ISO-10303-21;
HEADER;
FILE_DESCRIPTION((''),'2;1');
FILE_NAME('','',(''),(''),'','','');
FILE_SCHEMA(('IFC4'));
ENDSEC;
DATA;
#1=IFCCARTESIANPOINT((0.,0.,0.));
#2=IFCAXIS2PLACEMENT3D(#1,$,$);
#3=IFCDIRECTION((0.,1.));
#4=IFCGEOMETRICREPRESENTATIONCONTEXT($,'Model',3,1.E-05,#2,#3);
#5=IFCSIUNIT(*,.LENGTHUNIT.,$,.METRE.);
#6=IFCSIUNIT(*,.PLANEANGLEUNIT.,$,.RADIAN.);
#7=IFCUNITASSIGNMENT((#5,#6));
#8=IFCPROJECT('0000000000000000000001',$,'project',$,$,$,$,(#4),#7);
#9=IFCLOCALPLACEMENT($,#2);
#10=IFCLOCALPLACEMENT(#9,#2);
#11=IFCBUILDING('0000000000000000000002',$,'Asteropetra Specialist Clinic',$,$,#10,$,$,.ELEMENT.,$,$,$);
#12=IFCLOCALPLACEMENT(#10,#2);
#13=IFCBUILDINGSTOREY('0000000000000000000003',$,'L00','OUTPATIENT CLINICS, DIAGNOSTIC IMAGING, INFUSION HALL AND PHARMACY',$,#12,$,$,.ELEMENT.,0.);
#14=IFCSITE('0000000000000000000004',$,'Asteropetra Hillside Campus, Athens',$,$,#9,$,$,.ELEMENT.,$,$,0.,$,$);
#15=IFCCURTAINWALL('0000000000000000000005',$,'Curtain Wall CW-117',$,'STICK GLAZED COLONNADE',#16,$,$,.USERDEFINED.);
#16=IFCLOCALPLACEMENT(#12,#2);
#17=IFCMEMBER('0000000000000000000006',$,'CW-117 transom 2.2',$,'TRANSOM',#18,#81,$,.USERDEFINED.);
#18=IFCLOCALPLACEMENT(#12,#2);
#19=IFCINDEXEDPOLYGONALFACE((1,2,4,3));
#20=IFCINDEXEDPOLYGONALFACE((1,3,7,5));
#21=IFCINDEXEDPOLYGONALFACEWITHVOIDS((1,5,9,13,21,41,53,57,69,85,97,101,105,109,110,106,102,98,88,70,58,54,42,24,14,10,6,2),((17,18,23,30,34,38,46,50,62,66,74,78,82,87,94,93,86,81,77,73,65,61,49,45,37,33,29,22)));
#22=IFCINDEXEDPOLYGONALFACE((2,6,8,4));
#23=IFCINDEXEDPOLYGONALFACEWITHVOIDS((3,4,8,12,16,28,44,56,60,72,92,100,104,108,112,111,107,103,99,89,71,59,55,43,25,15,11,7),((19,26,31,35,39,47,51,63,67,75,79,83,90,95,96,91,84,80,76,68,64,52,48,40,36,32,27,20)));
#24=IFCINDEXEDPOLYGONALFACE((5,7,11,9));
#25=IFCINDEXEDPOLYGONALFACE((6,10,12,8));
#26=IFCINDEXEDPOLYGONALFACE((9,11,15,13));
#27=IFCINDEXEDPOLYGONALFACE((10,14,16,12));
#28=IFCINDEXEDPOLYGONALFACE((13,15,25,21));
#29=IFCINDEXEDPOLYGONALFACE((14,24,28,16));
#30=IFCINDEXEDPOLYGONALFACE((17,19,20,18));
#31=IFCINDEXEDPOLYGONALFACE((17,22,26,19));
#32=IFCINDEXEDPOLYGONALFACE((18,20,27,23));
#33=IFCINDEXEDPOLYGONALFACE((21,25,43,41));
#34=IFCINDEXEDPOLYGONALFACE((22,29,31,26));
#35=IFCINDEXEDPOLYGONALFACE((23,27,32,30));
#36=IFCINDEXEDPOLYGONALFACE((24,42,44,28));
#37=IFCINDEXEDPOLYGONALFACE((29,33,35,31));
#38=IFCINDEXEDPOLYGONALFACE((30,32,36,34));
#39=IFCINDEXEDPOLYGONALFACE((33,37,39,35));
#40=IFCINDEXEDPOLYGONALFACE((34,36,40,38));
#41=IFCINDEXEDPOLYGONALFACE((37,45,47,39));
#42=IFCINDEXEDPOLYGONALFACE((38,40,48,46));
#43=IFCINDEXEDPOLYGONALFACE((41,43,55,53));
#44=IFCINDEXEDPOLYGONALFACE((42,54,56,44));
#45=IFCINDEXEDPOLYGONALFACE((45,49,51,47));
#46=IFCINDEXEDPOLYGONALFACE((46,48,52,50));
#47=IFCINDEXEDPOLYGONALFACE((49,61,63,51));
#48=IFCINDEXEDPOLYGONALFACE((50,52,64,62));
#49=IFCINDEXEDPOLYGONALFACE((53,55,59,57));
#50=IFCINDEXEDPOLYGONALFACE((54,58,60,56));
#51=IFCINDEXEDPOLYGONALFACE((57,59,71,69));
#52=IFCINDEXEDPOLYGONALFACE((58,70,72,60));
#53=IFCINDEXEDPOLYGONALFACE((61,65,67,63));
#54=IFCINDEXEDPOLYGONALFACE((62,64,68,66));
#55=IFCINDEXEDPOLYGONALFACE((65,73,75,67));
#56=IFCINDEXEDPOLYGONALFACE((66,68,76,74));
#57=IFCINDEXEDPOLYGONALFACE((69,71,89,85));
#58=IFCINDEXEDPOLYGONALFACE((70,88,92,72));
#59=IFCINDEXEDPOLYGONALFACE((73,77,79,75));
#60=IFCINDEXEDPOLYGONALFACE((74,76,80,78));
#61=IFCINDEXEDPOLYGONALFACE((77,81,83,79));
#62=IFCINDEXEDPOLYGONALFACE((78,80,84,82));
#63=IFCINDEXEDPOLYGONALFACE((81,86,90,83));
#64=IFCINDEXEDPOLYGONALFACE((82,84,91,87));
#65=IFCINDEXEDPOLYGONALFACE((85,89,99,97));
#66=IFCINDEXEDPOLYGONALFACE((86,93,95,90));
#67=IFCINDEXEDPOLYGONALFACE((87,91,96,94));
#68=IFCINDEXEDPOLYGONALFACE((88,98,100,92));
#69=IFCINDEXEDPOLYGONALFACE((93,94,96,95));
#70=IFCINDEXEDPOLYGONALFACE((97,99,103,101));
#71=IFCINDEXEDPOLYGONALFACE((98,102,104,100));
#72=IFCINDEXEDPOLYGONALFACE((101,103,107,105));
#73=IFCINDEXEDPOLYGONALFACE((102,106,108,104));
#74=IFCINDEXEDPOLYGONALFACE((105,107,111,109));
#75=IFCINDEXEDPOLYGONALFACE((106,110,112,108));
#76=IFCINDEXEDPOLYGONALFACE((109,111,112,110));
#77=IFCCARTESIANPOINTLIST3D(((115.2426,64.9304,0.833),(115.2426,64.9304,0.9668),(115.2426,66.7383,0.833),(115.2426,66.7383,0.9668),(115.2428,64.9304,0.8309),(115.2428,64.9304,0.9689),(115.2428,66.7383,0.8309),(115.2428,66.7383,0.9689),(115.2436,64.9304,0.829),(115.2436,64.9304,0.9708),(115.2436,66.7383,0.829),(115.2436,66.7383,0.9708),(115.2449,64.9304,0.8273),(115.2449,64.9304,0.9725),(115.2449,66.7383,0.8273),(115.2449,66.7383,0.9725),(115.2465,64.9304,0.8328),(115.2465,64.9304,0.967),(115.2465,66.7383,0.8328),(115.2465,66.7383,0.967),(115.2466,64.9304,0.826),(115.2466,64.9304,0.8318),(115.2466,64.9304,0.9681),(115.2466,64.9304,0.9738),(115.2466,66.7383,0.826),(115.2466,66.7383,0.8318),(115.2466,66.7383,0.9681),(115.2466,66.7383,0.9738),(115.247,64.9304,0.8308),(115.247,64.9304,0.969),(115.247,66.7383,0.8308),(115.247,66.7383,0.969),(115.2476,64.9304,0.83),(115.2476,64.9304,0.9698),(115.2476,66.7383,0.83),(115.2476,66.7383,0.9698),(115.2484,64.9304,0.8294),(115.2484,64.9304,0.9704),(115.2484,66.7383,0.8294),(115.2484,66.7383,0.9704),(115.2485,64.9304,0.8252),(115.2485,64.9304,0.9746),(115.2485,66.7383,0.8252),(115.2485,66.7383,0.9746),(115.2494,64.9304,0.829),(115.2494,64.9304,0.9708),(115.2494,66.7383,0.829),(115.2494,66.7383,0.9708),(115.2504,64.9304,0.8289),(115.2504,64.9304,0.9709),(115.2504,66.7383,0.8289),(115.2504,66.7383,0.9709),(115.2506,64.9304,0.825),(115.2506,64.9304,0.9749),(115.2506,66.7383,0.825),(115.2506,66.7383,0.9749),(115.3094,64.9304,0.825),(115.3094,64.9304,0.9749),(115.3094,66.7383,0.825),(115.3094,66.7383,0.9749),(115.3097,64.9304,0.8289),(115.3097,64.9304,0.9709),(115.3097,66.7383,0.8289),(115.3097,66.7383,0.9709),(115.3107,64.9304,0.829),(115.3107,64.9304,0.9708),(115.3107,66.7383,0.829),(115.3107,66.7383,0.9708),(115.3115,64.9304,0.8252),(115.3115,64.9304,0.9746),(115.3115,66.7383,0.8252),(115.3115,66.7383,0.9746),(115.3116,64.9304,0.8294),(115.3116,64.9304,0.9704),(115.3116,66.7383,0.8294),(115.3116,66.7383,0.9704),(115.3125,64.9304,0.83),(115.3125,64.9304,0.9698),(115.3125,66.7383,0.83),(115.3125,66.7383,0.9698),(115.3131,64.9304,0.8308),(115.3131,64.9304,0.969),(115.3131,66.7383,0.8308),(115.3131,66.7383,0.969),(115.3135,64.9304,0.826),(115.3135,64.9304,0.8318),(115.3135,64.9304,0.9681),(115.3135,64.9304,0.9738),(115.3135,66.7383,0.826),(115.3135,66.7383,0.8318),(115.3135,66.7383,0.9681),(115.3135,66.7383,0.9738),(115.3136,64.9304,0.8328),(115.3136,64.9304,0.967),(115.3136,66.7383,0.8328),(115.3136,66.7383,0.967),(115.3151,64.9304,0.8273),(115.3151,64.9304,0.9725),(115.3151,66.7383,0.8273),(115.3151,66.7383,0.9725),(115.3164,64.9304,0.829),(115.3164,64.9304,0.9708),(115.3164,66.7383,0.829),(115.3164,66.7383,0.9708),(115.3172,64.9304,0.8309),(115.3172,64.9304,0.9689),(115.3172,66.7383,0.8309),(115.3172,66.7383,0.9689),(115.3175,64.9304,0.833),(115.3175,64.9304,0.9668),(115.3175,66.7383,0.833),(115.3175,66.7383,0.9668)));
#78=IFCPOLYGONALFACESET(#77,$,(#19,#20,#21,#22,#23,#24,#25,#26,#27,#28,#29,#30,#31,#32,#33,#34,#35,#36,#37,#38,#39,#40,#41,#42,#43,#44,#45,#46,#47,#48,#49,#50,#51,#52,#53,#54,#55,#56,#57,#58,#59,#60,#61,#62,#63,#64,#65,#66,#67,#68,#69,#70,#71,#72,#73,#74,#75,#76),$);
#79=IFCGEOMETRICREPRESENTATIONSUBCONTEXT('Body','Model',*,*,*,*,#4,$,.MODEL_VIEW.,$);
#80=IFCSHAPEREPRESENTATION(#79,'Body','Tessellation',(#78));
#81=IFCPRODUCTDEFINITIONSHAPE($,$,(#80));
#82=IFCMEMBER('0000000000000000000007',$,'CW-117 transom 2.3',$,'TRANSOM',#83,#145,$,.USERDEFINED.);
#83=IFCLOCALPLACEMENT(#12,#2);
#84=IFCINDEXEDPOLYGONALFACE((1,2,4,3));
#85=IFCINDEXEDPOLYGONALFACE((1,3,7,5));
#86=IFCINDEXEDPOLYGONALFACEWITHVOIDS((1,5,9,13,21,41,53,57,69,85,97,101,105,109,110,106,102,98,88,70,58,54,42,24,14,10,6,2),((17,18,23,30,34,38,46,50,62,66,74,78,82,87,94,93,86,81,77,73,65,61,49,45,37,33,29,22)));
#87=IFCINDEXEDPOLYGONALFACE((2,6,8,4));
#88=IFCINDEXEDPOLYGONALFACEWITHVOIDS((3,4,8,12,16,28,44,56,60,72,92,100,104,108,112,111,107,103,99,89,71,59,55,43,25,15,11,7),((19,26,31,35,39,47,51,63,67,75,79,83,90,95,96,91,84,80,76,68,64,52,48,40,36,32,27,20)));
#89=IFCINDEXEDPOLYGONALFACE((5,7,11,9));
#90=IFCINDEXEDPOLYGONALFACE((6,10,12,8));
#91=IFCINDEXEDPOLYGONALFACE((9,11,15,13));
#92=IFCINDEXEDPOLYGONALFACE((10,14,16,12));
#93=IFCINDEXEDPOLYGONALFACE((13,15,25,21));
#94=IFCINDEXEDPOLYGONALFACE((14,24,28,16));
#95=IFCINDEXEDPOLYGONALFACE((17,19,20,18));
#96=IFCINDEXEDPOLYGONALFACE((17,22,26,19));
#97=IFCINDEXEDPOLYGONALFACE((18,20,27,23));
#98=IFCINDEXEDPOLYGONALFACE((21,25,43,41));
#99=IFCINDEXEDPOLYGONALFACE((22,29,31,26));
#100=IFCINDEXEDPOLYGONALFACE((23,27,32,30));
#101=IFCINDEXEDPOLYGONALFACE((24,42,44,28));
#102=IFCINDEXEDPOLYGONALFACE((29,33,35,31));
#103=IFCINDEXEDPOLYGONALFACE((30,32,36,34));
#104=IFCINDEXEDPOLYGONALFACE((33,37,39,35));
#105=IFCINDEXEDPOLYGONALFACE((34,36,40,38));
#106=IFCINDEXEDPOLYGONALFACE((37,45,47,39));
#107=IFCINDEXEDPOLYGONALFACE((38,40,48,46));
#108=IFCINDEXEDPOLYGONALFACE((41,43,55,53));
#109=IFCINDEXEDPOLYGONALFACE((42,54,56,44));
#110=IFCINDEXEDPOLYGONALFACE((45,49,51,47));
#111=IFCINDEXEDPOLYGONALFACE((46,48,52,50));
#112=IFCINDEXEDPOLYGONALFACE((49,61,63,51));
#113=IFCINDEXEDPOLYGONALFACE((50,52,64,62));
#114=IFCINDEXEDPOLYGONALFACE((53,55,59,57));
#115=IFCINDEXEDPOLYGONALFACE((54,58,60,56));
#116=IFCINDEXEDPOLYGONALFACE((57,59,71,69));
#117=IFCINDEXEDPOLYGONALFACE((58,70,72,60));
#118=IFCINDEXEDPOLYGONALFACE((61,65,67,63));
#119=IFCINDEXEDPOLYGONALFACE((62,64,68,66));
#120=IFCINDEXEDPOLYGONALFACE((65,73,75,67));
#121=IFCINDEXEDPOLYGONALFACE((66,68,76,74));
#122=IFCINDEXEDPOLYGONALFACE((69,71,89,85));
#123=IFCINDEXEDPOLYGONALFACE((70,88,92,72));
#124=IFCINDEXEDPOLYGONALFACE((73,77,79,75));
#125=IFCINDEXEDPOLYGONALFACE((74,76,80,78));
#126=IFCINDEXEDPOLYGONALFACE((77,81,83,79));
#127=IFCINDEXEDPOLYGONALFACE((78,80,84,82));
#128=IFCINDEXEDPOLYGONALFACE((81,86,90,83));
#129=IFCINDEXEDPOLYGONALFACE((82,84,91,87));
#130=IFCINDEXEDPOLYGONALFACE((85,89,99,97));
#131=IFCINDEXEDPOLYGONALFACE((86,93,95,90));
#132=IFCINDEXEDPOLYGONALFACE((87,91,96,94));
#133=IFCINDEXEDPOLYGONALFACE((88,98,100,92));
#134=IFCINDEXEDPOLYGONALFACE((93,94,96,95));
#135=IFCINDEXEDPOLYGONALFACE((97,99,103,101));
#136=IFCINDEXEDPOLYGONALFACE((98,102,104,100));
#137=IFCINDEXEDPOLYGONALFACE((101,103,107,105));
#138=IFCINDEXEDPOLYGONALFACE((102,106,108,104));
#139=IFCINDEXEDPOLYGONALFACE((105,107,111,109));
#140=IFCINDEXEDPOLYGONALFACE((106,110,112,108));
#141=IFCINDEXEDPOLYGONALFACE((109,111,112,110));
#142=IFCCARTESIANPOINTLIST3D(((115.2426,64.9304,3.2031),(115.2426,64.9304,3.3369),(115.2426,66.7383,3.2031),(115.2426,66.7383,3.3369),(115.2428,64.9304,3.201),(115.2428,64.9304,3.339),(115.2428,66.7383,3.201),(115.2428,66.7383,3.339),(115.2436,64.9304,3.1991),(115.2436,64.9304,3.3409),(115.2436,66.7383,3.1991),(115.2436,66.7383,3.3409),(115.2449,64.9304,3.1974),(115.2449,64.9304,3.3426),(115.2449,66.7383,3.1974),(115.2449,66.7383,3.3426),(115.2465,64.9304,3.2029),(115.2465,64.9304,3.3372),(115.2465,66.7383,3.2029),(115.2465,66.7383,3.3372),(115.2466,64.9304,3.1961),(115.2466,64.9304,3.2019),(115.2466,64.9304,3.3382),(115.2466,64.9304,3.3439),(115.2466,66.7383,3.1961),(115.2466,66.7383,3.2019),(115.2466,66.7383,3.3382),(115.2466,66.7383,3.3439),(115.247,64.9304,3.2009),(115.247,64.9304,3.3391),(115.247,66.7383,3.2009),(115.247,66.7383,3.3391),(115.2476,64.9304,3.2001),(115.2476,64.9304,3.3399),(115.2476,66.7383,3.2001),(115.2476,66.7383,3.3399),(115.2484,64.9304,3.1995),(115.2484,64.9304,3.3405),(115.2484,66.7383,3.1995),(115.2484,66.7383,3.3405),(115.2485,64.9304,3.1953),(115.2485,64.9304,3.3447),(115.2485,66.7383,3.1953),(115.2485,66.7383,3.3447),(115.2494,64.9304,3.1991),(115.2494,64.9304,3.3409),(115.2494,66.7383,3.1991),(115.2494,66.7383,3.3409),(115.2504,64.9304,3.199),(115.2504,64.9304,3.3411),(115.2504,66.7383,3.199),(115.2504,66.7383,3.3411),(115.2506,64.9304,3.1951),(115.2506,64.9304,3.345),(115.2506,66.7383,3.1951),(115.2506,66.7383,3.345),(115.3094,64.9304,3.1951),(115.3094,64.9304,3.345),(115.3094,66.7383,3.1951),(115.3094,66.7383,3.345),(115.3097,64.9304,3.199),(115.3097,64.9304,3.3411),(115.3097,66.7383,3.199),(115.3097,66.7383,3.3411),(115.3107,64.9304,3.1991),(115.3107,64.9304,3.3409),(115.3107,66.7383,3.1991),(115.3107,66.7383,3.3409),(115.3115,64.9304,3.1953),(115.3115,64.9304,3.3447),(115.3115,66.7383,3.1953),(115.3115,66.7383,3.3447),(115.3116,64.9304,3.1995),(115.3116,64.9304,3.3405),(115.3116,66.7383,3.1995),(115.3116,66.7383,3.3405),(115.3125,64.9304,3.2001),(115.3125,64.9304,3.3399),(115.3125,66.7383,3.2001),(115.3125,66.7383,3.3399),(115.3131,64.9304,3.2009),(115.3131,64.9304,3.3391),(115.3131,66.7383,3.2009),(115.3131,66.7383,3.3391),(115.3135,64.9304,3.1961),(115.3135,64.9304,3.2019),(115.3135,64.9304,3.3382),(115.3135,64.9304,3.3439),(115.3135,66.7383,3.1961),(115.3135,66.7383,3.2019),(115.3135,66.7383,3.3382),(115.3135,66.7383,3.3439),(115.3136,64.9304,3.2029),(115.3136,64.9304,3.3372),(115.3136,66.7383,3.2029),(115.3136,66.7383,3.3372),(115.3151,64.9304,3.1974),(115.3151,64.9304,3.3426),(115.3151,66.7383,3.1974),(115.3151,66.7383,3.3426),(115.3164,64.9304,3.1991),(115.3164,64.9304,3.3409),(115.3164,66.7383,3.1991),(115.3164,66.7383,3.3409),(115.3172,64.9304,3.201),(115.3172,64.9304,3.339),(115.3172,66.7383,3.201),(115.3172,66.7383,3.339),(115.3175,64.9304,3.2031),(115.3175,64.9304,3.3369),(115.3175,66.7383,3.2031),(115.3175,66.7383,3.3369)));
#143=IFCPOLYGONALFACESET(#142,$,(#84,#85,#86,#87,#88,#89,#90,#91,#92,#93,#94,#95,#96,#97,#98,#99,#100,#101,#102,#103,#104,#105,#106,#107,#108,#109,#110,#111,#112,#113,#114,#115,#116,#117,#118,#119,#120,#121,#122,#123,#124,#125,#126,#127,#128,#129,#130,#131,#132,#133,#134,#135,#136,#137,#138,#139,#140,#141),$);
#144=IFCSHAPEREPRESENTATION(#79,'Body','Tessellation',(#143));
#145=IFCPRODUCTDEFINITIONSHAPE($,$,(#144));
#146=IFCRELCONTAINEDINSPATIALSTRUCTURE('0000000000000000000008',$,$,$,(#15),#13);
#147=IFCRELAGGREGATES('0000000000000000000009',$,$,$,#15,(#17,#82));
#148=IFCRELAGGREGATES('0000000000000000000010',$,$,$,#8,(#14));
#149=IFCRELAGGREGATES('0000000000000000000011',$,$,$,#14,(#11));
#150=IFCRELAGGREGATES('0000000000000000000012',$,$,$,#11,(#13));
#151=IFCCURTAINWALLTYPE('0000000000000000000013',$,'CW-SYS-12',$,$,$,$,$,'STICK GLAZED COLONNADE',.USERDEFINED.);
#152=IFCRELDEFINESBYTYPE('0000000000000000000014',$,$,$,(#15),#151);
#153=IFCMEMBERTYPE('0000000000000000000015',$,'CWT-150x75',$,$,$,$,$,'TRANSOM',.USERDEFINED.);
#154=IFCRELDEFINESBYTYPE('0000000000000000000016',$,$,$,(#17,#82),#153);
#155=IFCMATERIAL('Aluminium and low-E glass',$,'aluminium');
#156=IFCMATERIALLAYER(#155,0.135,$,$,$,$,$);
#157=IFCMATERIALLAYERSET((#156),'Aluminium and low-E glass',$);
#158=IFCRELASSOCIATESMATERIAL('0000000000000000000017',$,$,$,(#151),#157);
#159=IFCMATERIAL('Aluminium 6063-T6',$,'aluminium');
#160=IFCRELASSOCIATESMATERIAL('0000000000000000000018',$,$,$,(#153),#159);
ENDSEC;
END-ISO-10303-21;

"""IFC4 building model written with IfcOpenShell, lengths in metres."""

from ifc_helpers import new_model, si_unit, direction, frame, origin, origin_2d, place, context, subcontext, project, spatial, hollow_rectangle, extrude, material, layer, layer_set, material_profile, profile_set, type_object, element, aggregate, save


model = new_model("IFC4")

# Units and contexts
model_context = context("Model", 3, precision=1e-05, world=origin(), true_north=direction((0.0, 1.0)))
body_context = subcontext(model_context, "Body", "Model", "MODEL_VIEW")
ifc_project = project(units=[si_unit("LENGTHUNIT", "METRE"), si_unit("PLANEANGLEUNIT", "RADIAN")], contexts=[model_context])

# Site, building, storey
site_placement = place(None, origin())
site = spatial("IfcSite", under=ifc_project, at=site_placement, Name="Asteropetra Hillside Campus, Athens", CompositionType="ELEMENT", RefElevation=0.0)
building_placement = place(site_placement, origin())
building = spatial("IfcBuilding", under=site, at=building_placement, Name="Asteropetra Specialist Clinic", CompositionType="ELEMENT")
storey_placement = place(building_placement, origin())
storey = spatial("IfcBuildingStorey", under=building, at=storey_placement, Name="L00", Description="OUTPATIENT CLINICS, DIAGNOSTIC IMAGING, INFUSION HALL AND PHARMACY", CompositionType="ELEMENT", Elevation=0.0)

# Curtain wall, members
ifc_material_1 = material(Name="Aluminium and low-E glass", Category="aluminium")
ifc_layer_1 = layer(ifc_material_1, 0.135)
ifc_layer_set_1 = layer_set([ifc_layer_1], Name="Aluminium and low-E glass")
curtain_wall_type = type_object("IfcCurtainWallType", Name="CW-SYS-12", ElementType="STICK GLAZED COLONNADE", PredefinedType="USERDEFINED", material=ifc_layer_set_1)
curtain_wall_placement = place(storey_placement, origin())
curtain_wall = element("IfcCurtainWall", 1, at=curtain_wall_placement, inside=storey, type_object=curtain_wall_type, Name="Curtain Wall CW-117", ObjectType="STICK GLAZED COLONNADE", PredefinedType="USERDEFINED")
ifc_material_2 = material(Name="Aluminium 6063-T6", Category="aluminium")
ifc_material_profile_1 = material_profile(ifc_material_2, hollow_rectangle(XDim=0.075, YDim=0.1499, WallThickness=0.0039, InnerFilletRadius=0.0039, OuterFilletRadius=0.0081, at=origin_2d()), Name="TRN 150x75x4.0")
ifc_profile_set_1 = profile_set([ifc_material_profile_1], Name="Aluminium 6063-T6")
member_type_1 = type_object("IfcMemberType", Name="CWT-150x75", ElementType="TRANSOM", PredefinedType="USERDEFINED", material=ifc_profile_set_1)
member_1_placement = place(storey_placement, frame((115.28, 64.9304, 0.8999), z_axis=(0.0, 1.0, 0.0), x_axis=(-1.0, 0.0, 0.0)))
member_1 = element("IfcMember", 2, at=member_1_placement, type_object=member_type_1, Name="CW-117 transom 2.2", ObjectType="TRANSOM", PredefinedType="USERDEFINED", context=body_context, shape_type="SweptSolid", body=[
    extrude(hollow_rectangle(XDim=0.075, YDim=0.1499, WallThickness=0.0039, InnerFilletRadius=0.0039, OuterFilletRadius=0.0081, at=origin_2d()), origin(), (0.0, 0.0, 1.0), 1.8079),
])
member_2_placement = place(storey_placement, frame((115.28, 64.9304, 3.27), z_axis=(0.0, 1.0, 0.0), x_axis=(-1.0, 0.0, 0.0)))
member_2 = element("IfcMember", 3, at=member_2_placement, type_object=member_type_1, Name="CW-117 transom 2.3", ObjectType="TRANSOM", PredefinedType="USERDEFINED", context=body_context, shape_type="SweptSolid", body=[
    extrude(hollow_rectangle(XDim=0.075, YDim=0.1499, WallThickness=0.0039, InnerFilletRadius=0.0039, OuterFilletRadius=0.0081, at=origin_2d()), origin(), (0.0, 0.0, 1.0), 1.8079),
])
aggregate(curtain_wall, [member_1, member_2])

save(model, "model.ifc")
